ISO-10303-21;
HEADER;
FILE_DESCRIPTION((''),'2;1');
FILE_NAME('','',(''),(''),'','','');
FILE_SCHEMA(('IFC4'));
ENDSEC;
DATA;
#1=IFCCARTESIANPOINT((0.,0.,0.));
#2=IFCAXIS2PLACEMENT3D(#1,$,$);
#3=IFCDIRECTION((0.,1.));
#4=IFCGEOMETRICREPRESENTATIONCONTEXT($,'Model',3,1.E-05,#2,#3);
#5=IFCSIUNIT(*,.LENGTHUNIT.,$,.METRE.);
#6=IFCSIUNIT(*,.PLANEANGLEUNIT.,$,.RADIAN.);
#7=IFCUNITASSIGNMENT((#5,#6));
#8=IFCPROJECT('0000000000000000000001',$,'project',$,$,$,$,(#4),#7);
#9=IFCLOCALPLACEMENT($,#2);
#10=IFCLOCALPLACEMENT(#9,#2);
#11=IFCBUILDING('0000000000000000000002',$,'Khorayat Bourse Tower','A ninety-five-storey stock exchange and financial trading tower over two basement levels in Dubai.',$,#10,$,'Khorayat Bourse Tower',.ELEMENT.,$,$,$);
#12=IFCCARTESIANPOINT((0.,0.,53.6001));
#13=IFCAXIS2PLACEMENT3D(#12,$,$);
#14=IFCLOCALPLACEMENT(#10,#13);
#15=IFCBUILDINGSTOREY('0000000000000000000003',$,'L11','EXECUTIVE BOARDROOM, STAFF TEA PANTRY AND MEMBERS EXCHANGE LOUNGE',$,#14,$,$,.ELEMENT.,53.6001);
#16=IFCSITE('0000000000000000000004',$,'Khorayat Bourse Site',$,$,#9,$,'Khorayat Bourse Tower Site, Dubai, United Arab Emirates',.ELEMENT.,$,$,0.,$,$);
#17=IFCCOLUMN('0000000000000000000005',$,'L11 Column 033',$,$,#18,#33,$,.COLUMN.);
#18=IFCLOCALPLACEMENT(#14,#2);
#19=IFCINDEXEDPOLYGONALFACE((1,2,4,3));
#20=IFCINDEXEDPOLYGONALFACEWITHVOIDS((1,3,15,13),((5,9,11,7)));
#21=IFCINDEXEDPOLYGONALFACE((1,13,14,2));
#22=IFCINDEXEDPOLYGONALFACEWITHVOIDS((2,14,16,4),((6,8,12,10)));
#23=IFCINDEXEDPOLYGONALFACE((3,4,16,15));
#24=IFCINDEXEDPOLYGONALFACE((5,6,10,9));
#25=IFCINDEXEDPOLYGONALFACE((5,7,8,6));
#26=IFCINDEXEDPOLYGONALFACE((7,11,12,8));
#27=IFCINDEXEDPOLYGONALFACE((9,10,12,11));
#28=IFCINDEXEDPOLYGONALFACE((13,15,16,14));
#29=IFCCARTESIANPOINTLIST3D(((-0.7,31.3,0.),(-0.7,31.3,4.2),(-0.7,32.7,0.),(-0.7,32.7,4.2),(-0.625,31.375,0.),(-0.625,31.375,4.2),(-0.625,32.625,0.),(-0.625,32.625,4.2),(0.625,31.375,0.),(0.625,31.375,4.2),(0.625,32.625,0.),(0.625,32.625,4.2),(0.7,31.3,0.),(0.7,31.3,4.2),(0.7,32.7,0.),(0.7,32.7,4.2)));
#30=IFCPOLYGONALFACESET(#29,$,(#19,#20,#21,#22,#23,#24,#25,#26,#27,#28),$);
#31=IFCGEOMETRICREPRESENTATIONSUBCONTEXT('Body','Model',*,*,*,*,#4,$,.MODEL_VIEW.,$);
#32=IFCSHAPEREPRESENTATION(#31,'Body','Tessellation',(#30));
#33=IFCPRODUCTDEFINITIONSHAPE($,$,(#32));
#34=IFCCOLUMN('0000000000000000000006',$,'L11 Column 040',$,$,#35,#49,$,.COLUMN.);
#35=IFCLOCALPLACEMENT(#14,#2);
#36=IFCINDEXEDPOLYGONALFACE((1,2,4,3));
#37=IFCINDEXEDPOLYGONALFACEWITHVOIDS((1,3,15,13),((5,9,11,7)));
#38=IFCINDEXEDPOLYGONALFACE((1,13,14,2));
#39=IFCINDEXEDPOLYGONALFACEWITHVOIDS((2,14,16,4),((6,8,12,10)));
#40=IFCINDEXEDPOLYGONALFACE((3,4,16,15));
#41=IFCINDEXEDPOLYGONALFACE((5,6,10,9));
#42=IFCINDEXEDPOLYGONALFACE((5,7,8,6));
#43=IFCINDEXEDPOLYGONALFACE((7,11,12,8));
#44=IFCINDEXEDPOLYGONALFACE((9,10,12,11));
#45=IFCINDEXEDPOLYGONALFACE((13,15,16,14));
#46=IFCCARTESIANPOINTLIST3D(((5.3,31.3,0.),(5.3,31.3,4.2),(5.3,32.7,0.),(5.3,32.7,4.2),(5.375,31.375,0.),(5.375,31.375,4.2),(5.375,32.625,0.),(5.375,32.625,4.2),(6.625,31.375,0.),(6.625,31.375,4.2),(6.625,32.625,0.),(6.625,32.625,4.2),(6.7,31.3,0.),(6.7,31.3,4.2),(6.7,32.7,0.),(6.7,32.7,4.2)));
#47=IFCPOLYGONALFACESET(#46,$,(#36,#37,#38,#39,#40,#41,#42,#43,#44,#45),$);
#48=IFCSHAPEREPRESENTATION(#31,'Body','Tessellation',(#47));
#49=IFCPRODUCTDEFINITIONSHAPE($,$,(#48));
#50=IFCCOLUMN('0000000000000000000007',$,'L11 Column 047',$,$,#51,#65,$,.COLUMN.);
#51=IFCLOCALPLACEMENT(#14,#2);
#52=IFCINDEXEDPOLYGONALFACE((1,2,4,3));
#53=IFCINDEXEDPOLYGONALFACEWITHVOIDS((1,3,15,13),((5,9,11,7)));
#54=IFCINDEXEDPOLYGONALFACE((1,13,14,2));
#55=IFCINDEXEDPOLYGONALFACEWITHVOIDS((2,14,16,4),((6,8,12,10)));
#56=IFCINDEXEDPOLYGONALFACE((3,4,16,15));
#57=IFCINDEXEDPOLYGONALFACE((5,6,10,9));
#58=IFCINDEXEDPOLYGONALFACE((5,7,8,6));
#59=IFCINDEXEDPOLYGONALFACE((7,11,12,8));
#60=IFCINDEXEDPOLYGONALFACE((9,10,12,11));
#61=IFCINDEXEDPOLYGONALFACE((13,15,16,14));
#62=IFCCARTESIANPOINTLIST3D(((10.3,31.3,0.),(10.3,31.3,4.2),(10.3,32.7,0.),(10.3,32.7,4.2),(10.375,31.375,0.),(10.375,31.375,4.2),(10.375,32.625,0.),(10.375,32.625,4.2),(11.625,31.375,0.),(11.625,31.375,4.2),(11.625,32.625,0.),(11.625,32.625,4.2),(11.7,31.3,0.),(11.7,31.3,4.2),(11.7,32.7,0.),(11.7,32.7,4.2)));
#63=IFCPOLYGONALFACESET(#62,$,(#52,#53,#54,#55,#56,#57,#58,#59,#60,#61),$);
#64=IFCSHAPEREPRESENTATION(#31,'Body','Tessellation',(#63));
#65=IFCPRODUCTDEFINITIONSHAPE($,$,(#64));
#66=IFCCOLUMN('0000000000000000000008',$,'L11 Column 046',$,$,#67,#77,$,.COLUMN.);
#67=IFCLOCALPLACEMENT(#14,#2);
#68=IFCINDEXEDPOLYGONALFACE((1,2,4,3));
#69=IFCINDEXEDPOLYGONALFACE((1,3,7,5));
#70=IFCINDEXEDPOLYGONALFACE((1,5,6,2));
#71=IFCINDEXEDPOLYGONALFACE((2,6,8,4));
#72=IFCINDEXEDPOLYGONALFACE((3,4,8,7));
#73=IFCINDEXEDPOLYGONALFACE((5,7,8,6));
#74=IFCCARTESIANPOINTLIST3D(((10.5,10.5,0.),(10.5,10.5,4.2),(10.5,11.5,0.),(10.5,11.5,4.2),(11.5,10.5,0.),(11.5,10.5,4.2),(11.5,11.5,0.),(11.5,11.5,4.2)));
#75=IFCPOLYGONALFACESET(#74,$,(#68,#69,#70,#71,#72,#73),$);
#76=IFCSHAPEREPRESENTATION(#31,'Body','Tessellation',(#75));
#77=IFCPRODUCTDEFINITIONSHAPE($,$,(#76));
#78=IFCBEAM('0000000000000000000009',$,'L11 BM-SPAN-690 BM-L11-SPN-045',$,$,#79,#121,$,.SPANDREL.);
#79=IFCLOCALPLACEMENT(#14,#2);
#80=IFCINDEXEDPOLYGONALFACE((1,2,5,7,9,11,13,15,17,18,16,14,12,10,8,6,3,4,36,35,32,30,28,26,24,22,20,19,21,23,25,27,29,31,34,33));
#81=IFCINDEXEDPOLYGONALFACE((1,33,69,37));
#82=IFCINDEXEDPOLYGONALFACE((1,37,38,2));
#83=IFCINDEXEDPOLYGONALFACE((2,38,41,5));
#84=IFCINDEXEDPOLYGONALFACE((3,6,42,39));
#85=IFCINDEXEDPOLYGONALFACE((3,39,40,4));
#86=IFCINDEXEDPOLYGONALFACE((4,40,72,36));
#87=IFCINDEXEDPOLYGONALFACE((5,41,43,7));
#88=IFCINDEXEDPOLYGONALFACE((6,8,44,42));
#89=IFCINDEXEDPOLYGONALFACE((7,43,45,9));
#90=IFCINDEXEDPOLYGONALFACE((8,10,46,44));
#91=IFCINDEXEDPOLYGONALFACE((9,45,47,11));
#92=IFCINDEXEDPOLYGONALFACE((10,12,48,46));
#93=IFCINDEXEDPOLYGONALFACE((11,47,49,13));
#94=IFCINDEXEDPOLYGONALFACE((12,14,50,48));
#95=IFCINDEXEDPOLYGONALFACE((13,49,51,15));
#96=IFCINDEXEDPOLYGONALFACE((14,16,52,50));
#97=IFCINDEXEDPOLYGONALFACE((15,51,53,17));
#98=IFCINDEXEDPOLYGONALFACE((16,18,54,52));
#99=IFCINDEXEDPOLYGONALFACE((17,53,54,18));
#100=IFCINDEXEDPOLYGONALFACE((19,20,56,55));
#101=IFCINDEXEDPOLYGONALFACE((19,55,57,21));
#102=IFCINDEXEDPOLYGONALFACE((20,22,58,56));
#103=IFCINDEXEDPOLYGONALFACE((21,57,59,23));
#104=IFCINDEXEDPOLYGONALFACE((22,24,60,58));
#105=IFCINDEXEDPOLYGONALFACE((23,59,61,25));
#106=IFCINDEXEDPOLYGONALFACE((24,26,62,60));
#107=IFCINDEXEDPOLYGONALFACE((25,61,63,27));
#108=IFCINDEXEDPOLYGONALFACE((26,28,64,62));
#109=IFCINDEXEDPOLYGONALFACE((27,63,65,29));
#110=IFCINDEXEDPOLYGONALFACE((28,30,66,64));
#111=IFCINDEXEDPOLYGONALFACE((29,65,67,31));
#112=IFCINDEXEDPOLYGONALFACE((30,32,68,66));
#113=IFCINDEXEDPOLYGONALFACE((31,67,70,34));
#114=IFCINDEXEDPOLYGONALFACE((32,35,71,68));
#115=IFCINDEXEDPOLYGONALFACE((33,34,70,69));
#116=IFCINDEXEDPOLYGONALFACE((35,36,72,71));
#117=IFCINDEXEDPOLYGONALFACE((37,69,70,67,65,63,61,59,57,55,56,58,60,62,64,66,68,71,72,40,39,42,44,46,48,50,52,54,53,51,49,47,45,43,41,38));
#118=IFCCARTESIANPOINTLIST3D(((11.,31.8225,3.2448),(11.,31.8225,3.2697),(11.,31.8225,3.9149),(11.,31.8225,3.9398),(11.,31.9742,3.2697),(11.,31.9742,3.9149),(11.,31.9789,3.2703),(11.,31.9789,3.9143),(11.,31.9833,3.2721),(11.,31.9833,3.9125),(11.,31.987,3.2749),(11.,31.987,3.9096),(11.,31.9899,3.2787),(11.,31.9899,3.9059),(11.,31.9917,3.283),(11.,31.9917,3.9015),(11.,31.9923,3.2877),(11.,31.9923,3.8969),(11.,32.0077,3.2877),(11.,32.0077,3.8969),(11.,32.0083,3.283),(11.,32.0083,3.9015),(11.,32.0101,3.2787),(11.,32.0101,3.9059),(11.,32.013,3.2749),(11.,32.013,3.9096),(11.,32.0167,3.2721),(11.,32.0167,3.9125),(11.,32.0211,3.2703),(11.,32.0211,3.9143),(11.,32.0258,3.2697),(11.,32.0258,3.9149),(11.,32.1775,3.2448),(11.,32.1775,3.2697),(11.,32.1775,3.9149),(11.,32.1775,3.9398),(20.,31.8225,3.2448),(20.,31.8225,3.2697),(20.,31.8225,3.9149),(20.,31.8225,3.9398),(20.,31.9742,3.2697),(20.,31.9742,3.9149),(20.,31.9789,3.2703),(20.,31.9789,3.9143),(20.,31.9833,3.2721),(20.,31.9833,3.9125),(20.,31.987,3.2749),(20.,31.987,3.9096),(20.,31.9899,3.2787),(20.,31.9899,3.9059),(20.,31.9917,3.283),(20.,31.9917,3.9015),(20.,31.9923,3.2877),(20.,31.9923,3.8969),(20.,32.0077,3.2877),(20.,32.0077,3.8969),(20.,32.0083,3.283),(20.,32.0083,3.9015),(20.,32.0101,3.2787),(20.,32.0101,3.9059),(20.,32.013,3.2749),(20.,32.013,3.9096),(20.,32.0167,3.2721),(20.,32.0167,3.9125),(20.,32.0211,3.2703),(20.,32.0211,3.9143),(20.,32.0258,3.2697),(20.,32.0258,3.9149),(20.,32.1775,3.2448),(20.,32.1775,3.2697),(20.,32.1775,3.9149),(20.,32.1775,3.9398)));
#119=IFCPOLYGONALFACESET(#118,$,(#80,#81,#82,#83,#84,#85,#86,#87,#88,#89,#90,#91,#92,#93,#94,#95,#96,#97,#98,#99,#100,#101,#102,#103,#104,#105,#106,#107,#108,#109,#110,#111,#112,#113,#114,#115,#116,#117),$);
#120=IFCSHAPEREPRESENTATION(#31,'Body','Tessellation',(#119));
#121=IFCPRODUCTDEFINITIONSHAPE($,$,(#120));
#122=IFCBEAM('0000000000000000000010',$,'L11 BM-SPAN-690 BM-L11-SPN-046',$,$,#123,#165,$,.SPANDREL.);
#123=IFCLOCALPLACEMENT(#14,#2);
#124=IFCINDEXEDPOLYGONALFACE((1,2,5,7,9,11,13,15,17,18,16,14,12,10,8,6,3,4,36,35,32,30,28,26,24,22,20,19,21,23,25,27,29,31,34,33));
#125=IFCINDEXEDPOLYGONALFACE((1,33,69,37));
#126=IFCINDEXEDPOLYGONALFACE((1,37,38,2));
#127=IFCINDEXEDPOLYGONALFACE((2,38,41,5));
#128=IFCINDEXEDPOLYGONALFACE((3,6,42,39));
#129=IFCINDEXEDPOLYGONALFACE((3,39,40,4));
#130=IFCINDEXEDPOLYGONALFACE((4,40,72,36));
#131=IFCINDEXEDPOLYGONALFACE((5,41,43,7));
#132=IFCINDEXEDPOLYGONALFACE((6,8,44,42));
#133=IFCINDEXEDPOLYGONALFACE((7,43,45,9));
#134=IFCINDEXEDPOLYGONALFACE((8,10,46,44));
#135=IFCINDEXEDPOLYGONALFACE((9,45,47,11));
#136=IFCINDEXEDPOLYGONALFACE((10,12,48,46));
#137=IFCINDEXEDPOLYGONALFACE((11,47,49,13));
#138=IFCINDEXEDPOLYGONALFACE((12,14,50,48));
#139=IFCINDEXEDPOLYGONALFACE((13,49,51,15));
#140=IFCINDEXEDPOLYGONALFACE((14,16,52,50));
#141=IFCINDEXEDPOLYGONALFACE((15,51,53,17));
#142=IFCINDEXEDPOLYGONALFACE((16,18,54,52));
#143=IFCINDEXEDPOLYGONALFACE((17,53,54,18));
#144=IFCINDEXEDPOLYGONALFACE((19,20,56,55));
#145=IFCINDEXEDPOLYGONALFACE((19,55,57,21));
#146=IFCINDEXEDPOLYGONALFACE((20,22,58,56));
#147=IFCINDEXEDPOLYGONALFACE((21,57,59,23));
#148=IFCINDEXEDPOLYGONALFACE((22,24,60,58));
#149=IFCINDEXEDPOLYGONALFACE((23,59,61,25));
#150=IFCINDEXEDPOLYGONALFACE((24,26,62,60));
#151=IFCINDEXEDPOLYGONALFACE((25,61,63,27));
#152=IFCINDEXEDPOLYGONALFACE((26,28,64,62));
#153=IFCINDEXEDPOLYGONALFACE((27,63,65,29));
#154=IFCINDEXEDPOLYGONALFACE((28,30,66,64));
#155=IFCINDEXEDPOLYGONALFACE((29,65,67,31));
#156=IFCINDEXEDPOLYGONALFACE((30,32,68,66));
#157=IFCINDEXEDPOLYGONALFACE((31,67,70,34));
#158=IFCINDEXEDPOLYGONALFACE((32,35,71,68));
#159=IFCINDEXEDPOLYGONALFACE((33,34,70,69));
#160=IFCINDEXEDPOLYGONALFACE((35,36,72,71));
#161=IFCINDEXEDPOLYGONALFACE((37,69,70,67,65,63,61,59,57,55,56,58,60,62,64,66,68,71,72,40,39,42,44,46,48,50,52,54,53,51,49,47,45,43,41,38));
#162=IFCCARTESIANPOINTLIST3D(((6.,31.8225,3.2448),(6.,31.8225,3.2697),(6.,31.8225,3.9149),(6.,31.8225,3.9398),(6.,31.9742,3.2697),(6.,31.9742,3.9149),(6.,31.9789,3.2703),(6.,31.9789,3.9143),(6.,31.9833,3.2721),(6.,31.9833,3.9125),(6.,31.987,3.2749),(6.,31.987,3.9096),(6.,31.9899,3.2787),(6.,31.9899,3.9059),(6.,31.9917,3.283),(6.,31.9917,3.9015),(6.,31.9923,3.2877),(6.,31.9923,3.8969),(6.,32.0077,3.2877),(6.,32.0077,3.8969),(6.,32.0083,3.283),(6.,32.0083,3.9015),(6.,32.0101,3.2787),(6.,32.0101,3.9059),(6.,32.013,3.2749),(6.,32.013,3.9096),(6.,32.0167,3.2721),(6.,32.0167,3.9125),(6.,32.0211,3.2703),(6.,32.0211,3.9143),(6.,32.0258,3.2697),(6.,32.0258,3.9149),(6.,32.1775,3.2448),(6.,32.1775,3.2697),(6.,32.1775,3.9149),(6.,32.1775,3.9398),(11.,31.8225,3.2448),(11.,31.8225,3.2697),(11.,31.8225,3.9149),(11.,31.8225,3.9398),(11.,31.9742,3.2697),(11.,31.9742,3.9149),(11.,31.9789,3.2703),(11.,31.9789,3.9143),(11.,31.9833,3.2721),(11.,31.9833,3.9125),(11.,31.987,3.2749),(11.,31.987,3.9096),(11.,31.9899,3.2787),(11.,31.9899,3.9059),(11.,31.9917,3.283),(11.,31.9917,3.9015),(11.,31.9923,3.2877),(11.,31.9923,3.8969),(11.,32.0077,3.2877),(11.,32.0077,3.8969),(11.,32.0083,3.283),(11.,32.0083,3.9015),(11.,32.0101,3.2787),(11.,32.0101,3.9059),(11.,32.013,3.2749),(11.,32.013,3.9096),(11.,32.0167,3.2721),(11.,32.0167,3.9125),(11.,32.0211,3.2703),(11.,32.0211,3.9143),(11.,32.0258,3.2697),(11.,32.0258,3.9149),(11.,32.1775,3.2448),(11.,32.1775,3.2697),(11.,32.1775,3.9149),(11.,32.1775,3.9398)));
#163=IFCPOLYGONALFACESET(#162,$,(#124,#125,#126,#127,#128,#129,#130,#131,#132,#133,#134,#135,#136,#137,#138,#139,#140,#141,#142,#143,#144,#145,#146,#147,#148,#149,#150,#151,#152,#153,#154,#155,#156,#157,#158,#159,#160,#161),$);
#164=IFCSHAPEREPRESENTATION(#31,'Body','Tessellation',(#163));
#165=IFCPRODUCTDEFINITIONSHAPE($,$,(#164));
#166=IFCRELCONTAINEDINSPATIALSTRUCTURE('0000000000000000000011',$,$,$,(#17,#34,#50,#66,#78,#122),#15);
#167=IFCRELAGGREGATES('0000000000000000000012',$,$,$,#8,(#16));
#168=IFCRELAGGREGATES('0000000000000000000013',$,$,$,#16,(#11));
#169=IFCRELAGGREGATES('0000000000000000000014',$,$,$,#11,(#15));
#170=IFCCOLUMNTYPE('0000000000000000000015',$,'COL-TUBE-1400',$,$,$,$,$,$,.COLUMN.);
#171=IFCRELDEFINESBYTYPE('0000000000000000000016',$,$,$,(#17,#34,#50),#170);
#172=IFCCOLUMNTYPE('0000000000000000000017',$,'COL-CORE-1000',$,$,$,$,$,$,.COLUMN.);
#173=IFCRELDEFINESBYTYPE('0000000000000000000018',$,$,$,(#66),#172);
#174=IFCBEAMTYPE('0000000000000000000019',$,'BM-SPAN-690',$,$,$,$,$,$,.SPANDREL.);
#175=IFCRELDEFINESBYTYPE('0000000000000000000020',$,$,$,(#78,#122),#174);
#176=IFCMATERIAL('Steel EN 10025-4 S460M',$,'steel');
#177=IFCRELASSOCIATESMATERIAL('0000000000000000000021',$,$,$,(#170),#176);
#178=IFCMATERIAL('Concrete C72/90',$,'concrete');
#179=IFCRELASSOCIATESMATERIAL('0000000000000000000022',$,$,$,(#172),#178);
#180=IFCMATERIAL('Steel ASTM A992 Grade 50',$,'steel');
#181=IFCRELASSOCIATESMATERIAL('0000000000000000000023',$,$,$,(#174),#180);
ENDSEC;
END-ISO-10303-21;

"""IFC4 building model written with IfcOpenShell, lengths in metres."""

from ifc_helpers import new_model, si_unit, direction, frame, origin, origin_2d, place, context, subcontext, project, spatial, rectangle, hollow_rectangle, i_section, extrude, source, transform, mapped, material, material_profile, profile_set, type_object, element, save


model = new_model("IFC4")

# Units and contexts
model_context = context("Model", 3, precision=1e-05, world=origin(), true_north=direction((0.0, 1.0)))
body_context = subcontext(model_context, "Body", "Model", "MODEL_VIEW")
ifc_project = project(units=[si_unit("LENGTHUNIT", "METRE"), si_unit("PLANEANGLEUNIT", "RADIAN")], contexts=[model_context])

# Site, building, storey
site_placement = place(None, origin())
site = spatial("IfcSite", under=ifc_project, at=site_placement, Name="Khorayat Bourse Site", LongName="Khorayat Bourse Tower Site, Dubai, United Arab Emirates", CompositionType="ELEMENT", RefElevation=0.0)
building_placement = place(site_placement, origin())
building = spatial("IfcBuilding", under=site, at=building_placement, Name="Khorayat Bourse Tower", Description="A ninety-five-storey stock exchange and financial trading tower over two basement levels in Dubai.", LongName="Khorayat Bourse Tower", CompositionType="ELEMENT")
storey_placement = place(building_placement, frame((0.0, 0.0, 53.6001)))
storey = spatial("IfcBuildingStorey", under=building, at=storey_placement, Name="L11", Description="EXECUTIVE BOARDROOM, STAFF TEA PANTRY AND MEMBERS EXCHANGE LOUNGE", CompositionType="ELEMENT", Elevation=53.6001)

# Columns
ifc_material_1 = material(Name="Steel EN 10025-4 S460M", Category="steel")
ifc_material_profile_1 = material_profile(ifc_material_1, hollow_rectangle(XDim=1.3999, YDim=1.3999, WallThickness=0.075, at=origin_2d()), Name="BOX 1400x1400x75")
ifc_profile_set_1 = profile_set([ifc_material_profile_1], Name="Steel EN 10025-4 S460M")
column_type_1 = type_object("IfcColumnType", Name="COL-TUBE-1400", PredefinedType="COLUMN", material=ifc_profile_set_1)
shared_shape_1 = source(origin(), body_context, "Body", "SweptSolid", [
    extrude(hollow_rectangle(XDim=1.3999, YDim=1.3999, WallThickness=0.075, at=origin_2d()), origin(), (0.0, 0.0, 1.0), 4.2),
])
for number, where, z_axis, x_axis, name in (
    (1, (0.0, 32.0, 0.0), (0.0, 0.0, 1.0), (1.0, 0.0, 0.0), "L11 Column 033"),
    (2, (6.0, 32.0, 0.0), (0.0, 0.0, 1.0), (1.0, 0.0, 0.0), "L11 Column 040"),
    (3, (11.0, 32.0, 0.0), (0.0, 0.0, 1.0), (1.0, 0.0, 0.0), "L11 Column 047"),
):
    element("IfcColumn", number, at=place(storey_placement, frame(where, z_axis=z_axis, x_axis=x_axis)), inside=storey, type_object=column_type_1, Name=name, PredefinedType="COLUMN", context=body_context, shape_type="MappedRepresentation", body=[
        mapped(shared_shape_1, transform((0.0, 0.0, 0.0), scale=1.0)),
    ])
ifc_material_2 = material(Name="Concrete C72/90", Category="concrete")
ifc_material_profile_2 = material_profile(ifc_material_2, rectangle(XDim=1.0, YDim=1.0, at=origin_2d()), Name="RC 1000x1000")
ifc_profile_set_2 = profile_set([ifc_material_profile_2], Name="Concrete C72/90")
column_type_2 = type_object("IfcColumnType", Name="COL-CORE-1000", PredefinedType="COLUMN", material=ifc_profile_set_2)
shared_shape_2 = source(origin(), body_context, "Body", "SweptSolid", [
    extrude(rectangle(XDim=1.0, YDim=1.0, at=origin_2d()), origin(), (0.0, 0.0, 1.0), 4.2),
])
column_placement = place(storey_placement, frame((11.0, 11.0, 0.0), z_axis=(0.0, 0.0, 1.0), x_axis=(1.0, 0.0, 0.0)))
element("IfcColumn", 4, at=column_placement, inside=storey, type_object=column_type_2, Name="L11 Column 046", PredefinedType="COLUMN", context=body_context, shape_type="MappedRepresentation", body=[
    mapped(shared_shape_2, transform((0.0, 0.0, 0.0), scale=1.0)),
])

# Beams
ifc_material_3 = material(Name="Steel ASTM A992 Grade 50", Category="steel")
ifc_material_profile_3 = material_profile(ifc_material_3, i_section(OverallWidth=0.355, OverallDepth=0.6951, WebThickness=0.0154, FlangeThickness=0.0249, FilletRadius=0.0181, at=origin_2d()), Name="W690X217")
ifc_profile_set_3 = profile_set([ifc_material_profile_3], Name="Steel ASTM A992 Grade 50")
beam_type_1 = type_object("IfcBeamType", Name="BM-SPAN-690", PredefinedType="SPANDREL", material=ifc_profile_set_3)
shared_shape_3 = source(origin(), body_context, "Body", "SweptSolid", [
    extrude(i_section(OverallWidth=0.355, OverallDepth=0.6951, WebThickness=0.0154, FlangeThickness=0.0249, FilletRadius=0.0181, at=origin_2d()), origin(), (0.0, 0.0, 1.0), 9.0),
])
beam_1_placement = place(storey_placement, frame((11.0, 32.0, 3.5923), z_axis=(1.0, 0.0, 0.0), x_axis=(0.0, 1.0, 0.0)))
element("IfcBeam", 5, at=beam_1_placement, inside=storey, type_object=beam_type_1, Name="L11 BM-SPAN-690 BM-L11-SPN-045", PredefinedType="SPANDREL", context=body_context, shape_type="MappedRepresentation", body=[
    mapped(shared_shape_3, transform((0.0, 0.0, 0.0), scale=1.0)),
])
shared_shape_4 = source(origin(), body_context, "Body", "SweptSolid", [
    extrude(i_section(OverallWidth=0.355, OverallDepth=0.6951, WebThickness=0.0154, FlangeThickness=0.0249, FilletRadius=0.0181, at=origin_2d()), origin(), (0.0, 0.0, 1.0), 5.0),
])
beam_2_placement = place(storey_placement, frame((6.0, 32.0, 3.5923), z_axis=(1.0, 0.0, 0.0), x_axis=(0.0, 1.0, 0.0)))
element("IfcBeam", 6, at=beam_2_placement, inside=storey, type_object=beam_type_1, Name="L11 BM-SPAN-690 BM-L11-SPN-046", PredefinedType="SPANDREL", context=body_context, shape_type="MappedRepresentation", body=[
    mapped(shared_shape_4, transform((0.0, 0.0, 0.0), scale=1.0)),
])

save(model, "model.ifc")
